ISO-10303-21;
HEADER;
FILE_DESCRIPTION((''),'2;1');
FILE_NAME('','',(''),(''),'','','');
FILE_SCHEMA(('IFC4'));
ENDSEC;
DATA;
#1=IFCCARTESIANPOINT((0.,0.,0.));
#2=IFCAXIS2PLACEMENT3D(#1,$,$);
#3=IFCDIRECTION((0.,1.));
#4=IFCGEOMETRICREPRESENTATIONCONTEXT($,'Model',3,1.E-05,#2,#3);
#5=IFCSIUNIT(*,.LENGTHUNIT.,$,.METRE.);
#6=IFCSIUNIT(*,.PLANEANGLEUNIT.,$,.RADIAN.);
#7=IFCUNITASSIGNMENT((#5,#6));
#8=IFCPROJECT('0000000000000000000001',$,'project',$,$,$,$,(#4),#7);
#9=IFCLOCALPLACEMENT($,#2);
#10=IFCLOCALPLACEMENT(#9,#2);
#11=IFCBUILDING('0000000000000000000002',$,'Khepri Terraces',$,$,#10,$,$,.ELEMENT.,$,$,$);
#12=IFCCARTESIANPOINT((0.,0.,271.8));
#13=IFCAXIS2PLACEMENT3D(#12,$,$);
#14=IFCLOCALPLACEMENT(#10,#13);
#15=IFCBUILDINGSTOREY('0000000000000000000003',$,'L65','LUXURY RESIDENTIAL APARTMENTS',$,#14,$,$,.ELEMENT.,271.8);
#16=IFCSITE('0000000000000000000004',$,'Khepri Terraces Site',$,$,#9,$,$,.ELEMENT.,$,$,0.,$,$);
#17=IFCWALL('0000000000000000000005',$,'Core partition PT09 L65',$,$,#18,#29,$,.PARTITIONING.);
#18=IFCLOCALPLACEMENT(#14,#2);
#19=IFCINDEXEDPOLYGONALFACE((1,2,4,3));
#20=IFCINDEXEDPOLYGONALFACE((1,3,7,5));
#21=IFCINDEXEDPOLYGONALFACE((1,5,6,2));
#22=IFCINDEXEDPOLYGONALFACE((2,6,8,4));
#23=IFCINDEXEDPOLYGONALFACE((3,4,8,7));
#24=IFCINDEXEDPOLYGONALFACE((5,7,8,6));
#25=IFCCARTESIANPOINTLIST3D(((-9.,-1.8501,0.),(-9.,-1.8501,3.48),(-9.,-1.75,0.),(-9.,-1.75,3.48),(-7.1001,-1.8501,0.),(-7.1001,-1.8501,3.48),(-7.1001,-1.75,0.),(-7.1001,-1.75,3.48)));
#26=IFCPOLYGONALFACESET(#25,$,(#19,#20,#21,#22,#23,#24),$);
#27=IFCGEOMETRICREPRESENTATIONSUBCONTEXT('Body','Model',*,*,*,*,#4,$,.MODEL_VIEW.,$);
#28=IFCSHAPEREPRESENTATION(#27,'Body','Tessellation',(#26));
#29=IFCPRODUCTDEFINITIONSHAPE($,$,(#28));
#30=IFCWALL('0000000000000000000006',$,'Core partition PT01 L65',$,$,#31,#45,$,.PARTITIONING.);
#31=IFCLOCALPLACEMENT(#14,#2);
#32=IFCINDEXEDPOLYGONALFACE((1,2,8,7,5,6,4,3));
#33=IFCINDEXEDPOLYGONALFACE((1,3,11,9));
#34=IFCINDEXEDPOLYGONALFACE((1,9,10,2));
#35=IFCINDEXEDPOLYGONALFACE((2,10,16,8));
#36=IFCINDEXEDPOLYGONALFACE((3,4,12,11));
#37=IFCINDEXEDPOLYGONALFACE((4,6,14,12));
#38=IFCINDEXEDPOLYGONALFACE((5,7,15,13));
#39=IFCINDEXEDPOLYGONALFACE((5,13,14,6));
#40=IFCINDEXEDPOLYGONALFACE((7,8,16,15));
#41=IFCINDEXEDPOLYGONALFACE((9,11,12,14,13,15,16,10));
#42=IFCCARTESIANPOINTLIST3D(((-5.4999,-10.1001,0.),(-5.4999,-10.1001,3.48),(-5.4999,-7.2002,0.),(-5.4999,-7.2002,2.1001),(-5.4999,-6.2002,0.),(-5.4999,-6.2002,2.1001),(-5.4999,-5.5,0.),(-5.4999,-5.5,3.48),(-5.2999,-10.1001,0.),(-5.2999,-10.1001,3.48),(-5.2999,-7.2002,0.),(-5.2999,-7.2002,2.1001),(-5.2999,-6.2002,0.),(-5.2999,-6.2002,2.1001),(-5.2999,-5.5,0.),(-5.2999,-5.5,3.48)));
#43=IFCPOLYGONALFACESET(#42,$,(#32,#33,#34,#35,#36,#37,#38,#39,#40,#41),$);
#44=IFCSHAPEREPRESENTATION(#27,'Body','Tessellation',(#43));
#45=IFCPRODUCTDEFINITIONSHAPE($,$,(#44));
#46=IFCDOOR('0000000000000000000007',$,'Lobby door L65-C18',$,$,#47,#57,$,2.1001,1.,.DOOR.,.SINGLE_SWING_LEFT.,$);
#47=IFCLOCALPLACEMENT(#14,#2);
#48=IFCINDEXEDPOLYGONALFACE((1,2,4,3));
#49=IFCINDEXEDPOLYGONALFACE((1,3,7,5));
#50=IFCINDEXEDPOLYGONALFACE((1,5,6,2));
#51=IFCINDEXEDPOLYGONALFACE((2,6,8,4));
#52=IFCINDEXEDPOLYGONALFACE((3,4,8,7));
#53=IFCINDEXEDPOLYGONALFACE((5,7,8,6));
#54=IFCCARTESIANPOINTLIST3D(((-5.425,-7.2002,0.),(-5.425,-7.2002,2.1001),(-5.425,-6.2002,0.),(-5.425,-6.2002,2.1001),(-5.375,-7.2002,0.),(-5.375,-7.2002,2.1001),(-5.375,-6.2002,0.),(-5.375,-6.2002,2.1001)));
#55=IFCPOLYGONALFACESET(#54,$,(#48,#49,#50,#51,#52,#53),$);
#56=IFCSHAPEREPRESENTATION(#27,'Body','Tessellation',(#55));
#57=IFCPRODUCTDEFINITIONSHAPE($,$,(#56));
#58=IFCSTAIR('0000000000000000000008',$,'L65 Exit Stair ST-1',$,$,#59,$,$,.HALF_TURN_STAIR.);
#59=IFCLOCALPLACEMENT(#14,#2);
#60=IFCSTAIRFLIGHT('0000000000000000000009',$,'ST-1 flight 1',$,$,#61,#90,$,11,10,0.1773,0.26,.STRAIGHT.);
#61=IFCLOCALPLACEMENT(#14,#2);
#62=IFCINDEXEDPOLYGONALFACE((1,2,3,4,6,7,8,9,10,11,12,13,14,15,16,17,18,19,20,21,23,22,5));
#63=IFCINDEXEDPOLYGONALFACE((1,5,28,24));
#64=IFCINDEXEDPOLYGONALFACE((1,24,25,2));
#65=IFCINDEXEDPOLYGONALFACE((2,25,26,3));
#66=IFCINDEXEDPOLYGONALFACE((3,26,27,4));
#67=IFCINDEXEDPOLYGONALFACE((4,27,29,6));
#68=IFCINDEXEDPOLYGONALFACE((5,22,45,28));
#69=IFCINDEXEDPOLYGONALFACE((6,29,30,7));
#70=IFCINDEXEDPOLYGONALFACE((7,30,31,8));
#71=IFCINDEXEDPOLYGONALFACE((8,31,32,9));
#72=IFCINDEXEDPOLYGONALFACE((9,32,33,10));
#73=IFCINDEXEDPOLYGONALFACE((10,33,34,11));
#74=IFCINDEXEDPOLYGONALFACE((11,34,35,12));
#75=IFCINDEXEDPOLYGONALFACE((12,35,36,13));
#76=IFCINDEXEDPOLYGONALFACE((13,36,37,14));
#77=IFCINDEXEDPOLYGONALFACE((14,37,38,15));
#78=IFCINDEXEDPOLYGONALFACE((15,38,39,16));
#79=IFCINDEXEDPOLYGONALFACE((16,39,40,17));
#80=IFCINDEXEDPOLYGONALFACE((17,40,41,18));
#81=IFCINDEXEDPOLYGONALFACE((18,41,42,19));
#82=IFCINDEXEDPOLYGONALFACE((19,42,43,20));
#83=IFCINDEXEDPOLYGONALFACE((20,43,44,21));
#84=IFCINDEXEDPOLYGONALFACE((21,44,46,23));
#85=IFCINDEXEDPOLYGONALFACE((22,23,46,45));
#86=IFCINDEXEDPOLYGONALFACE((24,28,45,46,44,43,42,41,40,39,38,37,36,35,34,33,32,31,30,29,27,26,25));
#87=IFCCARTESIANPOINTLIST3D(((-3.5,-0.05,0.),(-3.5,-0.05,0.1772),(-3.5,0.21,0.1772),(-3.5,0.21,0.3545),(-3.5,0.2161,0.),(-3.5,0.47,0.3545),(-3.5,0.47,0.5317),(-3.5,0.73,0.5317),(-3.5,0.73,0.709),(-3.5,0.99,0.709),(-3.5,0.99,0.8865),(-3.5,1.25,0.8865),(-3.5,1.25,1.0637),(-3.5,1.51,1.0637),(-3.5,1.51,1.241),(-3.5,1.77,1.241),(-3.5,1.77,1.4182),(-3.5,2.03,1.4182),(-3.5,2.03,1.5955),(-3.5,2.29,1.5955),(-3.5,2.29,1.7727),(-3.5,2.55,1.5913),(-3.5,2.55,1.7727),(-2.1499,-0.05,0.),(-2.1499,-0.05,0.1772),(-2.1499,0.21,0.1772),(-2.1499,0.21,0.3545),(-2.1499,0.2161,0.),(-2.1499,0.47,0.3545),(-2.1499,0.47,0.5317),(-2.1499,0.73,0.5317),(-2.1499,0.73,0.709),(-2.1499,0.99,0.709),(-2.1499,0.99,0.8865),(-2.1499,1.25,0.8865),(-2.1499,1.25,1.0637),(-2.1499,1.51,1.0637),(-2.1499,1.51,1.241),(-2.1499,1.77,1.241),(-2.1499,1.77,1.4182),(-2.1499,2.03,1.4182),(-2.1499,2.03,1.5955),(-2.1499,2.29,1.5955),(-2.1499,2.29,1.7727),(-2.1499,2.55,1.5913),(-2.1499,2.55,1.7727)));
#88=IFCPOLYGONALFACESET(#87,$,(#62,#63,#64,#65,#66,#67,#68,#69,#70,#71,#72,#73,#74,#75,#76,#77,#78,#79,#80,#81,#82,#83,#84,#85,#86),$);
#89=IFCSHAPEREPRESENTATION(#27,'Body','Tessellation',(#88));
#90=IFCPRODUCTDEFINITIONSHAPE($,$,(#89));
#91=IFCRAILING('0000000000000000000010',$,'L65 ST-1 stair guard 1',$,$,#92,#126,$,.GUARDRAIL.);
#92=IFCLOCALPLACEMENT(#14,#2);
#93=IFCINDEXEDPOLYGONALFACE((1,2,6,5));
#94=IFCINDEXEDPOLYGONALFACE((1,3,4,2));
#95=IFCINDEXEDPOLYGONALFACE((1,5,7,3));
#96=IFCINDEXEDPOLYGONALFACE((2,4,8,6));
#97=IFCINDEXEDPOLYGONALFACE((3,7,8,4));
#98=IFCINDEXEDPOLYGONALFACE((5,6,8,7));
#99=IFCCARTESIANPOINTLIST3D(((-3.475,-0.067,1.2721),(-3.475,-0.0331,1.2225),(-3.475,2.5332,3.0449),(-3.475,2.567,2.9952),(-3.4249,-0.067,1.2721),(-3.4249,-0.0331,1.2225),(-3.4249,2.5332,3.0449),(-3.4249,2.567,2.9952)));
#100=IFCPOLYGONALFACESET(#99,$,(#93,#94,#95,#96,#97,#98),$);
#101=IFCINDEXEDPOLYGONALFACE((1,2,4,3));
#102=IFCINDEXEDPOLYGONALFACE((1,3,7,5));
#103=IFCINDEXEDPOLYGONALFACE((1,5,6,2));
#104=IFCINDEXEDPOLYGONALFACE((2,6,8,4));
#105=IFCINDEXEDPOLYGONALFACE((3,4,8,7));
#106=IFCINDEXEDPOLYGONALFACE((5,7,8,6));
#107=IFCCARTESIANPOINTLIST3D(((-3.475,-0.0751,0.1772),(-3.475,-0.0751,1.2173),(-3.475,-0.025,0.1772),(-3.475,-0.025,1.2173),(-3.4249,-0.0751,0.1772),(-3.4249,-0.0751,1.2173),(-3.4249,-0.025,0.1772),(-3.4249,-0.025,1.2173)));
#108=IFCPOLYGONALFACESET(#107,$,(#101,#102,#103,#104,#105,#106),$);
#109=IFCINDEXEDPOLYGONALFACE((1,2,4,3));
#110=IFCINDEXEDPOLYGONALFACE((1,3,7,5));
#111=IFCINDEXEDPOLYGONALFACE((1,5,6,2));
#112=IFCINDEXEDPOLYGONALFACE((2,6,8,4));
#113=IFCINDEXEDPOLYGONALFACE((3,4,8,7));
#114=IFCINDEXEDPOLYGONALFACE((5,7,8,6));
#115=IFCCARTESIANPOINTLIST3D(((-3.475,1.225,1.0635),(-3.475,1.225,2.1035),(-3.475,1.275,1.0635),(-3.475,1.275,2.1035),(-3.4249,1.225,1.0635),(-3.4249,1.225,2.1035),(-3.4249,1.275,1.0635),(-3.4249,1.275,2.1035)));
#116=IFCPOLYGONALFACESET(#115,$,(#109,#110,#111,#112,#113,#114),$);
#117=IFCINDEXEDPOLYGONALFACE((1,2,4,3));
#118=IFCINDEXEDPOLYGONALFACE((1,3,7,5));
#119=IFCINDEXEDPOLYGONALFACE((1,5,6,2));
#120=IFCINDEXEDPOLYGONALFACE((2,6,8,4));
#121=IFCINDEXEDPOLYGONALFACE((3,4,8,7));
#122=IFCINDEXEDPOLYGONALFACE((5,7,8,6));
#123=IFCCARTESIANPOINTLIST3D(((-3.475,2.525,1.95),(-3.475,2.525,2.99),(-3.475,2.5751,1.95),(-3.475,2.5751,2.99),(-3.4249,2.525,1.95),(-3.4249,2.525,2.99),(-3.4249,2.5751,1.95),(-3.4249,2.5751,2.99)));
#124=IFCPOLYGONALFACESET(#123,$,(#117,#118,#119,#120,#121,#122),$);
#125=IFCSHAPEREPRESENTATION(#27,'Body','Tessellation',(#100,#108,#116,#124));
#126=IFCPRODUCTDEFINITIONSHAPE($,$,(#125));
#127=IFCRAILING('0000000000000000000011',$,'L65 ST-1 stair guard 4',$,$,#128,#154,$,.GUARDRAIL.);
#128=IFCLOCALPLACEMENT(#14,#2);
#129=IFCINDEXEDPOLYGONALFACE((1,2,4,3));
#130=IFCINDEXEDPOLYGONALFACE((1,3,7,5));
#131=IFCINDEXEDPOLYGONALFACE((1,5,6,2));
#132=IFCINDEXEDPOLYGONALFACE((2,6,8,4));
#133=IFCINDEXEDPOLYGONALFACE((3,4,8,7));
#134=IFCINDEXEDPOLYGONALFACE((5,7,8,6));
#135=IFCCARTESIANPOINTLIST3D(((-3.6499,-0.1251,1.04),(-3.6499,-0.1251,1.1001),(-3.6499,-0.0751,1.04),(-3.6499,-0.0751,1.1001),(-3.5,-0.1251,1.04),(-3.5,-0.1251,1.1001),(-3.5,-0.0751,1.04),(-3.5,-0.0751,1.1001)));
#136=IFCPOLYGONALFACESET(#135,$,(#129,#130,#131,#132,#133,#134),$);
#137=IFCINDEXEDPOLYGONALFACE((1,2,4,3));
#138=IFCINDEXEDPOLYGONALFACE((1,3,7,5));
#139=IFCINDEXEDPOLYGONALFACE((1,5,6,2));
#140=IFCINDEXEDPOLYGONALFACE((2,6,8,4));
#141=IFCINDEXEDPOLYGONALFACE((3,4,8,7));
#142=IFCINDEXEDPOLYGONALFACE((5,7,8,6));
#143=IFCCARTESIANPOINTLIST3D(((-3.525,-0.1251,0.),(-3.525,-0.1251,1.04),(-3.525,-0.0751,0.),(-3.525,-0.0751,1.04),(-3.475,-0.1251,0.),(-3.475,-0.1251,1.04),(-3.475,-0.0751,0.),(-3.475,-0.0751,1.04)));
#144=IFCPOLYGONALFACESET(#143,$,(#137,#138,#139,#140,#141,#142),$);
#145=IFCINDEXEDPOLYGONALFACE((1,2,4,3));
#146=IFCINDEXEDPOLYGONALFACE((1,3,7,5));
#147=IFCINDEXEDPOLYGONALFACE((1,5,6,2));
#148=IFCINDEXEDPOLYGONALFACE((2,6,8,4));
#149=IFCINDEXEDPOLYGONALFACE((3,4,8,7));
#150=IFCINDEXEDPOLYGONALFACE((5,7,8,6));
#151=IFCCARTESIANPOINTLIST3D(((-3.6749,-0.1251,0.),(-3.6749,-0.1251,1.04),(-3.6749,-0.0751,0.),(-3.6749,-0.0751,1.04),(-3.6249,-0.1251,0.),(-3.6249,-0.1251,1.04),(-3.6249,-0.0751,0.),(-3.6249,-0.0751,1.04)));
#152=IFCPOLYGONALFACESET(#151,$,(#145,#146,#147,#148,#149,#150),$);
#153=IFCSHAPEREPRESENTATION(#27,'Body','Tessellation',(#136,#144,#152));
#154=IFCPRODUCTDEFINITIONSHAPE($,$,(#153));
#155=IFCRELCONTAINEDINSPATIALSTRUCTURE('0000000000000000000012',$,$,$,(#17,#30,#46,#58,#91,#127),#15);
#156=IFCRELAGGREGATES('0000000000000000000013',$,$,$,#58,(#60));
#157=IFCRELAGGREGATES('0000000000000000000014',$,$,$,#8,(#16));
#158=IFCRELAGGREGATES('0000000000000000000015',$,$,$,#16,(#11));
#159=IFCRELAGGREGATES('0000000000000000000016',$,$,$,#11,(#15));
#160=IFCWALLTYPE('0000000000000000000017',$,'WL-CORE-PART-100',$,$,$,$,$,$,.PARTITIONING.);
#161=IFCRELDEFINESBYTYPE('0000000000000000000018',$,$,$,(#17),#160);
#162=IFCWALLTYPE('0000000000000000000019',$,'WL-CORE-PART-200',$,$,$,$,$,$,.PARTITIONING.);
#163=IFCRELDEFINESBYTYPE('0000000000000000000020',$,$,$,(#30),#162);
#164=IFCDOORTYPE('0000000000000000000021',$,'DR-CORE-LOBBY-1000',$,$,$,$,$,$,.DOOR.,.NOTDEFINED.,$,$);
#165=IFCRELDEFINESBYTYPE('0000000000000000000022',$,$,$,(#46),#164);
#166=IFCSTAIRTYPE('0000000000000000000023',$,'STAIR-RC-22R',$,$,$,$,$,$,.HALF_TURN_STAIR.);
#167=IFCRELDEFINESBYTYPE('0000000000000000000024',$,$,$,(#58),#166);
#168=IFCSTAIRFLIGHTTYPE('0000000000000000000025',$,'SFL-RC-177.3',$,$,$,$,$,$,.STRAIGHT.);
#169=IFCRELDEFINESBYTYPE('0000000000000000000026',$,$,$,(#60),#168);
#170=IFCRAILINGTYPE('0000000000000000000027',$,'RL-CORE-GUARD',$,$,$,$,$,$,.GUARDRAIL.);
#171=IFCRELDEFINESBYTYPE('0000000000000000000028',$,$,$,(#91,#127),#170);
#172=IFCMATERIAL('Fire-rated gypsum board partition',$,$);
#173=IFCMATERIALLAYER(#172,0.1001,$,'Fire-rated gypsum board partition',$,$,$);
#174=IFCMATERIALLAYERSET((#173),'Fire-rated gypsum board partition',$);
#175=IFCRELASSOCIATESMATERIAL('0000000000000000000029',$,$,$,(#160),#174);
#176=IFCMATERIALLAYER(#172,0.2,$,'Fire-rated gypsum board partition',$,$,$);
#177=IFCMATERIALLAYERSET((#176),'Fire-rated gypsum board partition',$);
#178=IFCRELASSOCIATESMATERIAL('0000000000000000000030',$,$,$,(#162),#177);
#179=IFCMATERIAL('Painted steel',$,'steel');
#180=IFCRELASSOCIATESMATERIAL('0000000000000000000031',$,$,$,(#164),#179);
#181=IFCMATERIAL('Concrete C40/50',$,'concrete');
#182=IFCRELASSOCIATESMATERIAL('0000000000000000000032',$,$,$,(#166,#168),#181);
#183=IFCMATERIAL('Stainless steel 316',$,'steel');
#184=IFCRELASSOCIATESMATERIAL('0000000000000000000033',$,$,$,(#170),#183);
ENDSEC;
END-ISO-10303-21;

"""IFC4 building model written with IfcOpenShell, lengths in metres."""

from ifc_helpers import new_model, si_unit, direction, frame, frame_2d, origin, origin_2d, place, context, subcontext, project, spatial, polyline, rectangle, outline, extrude, material, layer, layer_set, type_object, element, fill, aggregate, save


model = new_model("IFC4")

# Units and contexts
model_context = context("Model", 3, precision=1e-05, world=origin(), true_north=direction((0.0, 1.0)))
body_context = subcontext(model_context, "Body", "Model", "MODEL_VIEW")
ifc_project = project(units=[si_unit("LENGTHUNIT", "METRE"), si_unit("PLANEANGLEUNIT", "RADIAN")], contexts=[model_context])

# Site, building, storey
site_placement = place(None, origin())
site = spatial("IfcSite", under=ifc_project, at=site_placement, Name="Khepri Terraces Site", CompositionType="ELEMENT", RefElevation=0.0)
building_placement = place(site_placement, origin())
building = spatial("IfcBuilding", under=site, at=building_placement, Name="Khepri Terraces", CompositionType="ELEMENT")
storey_placement = place(building_placement, frame((0.0, 0.0, 271.8)))
storey = spatial("IfcBuildingStorey", under=building, at=storey_placement, Name="L65", Description="LUXURY RESIDENTIAL APARTMENTS", CompositionType="ELEMENT", Elevation=271.8)

# Shared definitions
ifc_material_1 = material(Name="Concrete C40/50", Category="concrete")

# Shared definitions
ifc_material_2 = material(Name="Painted steel", Category="steel")

# Shared definitions
ifc_material_3 = material(Name="Fire-rated gypsum board partition")
ifc_layer_1 = layer(ifc_material_3, 0.1001, Name="Fire-rated gypsum board partition")
ifc_layer_set_1 = layer_set([ifc_layer_1], Name="Fire-rated gypsum board partition")
wall_type_1 = type_object("IfcWallType", Name="WL-CORE-PART-100", PredefinedType="PARTITIONING", material=ifc_layer_set_1)

# Wall
for number, where, z_axis, x_axis, name in (
    (1, (-9.0, -1.8, 0.0), (0.0, 0.0, 1.0), (1.0, 0.0, 0.0), "Core partition PT09 L65"),
):
    element("IfcWall", number, at=place(storey_placement, frame(where, z_axis=z_axis, x_axis=x_axis)), inside=storey, type_object=wall_type_1, Name=name, PredefinedType="PARTITIONING", context=body_context, shape_type="SweptSolid", body=[
        extrude(rectangle(XDim=1.8999, YDim=0.1001, at=frame_2d((0.95, 0.0))), origin(), (0.0, 0.0, 1.0), 3.48),
    ])

# Wall, opening, door
ifc_layer_2 = layer(ifc_material_3, 0.2, Name="Fire-rated gypsum board partition")
ifc_layer_set_2 = layer_set([ifc_layer_2], Name="Fire-rated gypsum board partition")
wall_type_2 = type_object("IfcWallType", Name="WL-CORE-PART-200", PredefinedType="PARTITIONING", material=ifc_layer_set_2)
wall_1_placement = place(storey_placement, frame((-5.3999, -10.1001, 0.0), z_axis=(0.0, 0.0, 1.0), x_axis=(0.0, 1.0, 0.0)))
wall_1 = element("IfcWall", 2, at=wall_1_placement, inside=storey, type_object=wall_type_2, Name="Core partition PT01 L65", PredefinedType="PARTITIONING", context=body_context, shape_type="SweptSolid", body=[
    extrude(rectangle(XDim=4.6001, YDim=0.2, at=frame_2d((2.3, 0.0))), origin(), (0.0, 0.0, 1.0), 3.48),
])
opening_1_placement = place(wall_1_placement, frame((2.8999, 0.0, 0.0)))
opening_1 = element("IfcOpeningElement", 3, at=opening_1_placement, cuts=wall_1, PredefinedType="OPENING", context=body_context, shape_type="SweptSolid", body=[
    extrude(rectangle(XDim=1.0, YDim=2.1001, at=frame_2d((0.5, 1.05))), frame((0.0, 0.1099, 0.0), z_axis=(0.0, -1.0, 0.0), x_axis=(1.0, 0.0, 0.0)), (0.0, 0.0, 1.0), 0.22),
])
door_type_1 = type_object("IfcDoorType", Name="DR-CORE-LOBBY-1000", OperationType="NOTDEFINED", PredefinedType="DOOR", material=ifc_material_2)
door_1_placement = place(opening_1_placement, frame((1.0, 0.0, 0.0), z_axis=(0.0, 0.0, 1.0), x_axis=(-1.0, 0.0, 0.0)))
door_1 = element("IfcDoor", 4, at=door_1_placement, inside=storey, type_object=door_type_1, Name="Lobby door L65-C18", OperationType="SINGLE_SWING_LEFT", OverallHeight=2.1001, OverallWidth=1.0, PredefinedType="DOOR", context=body_context, shape_type="SweptSolid", body=[
    extrude(rectangle(XDim=1.0, YDim=2.1001, at=frame_2d((0.5, 1.05))), frame((0.0, 0.0249, 0.0), z_axis=(0.0, -1.0, 0.0), x_axis=(1.0, 0.0, 0.0)), (0.0, 0.0, 1.0), 0.05),
])
fill(opening_1, door_1)

# Stair, stair flight
stair_type = type_object("IfcStairType", Name="STAIR-RC-22R", PredefinedType="HALF_TURN_STAIR", material=ifc_material_1)
stair_placement = place(storey_placement, origin())
stair = element("IfcStair", 5, at=stair_placement, inside=storey, type_object=stair_type, Name="L65 Exit Stair ST-1", PredefinedType="HALF_TURN_STAIR")
stair_flight_type = type_object("IfcStairFlightType", Name="SFL-RC-177.3", PredefinedType="STRAIGHT", material=ifc_material_1)
stair_flight_placement = place(storey_placement, frame((-2.825, -0.05, 0.0), z_axis=(0.0, 0.0, 1.0), x_axis=(0.0, 1.0, 0.0)))
stair_flight = element("IfcStairFlight", 6, at=stair_flight_placement, type_object=stair_flight_type, Name="ST-1 flight 1", NumberOfRisers=11, NumberOfTreads=10, PredefinedType="STRAIGHT", RiserHeight=0.1773, TreadLength=0.26, context=body_context, shape_type="SweptSolid", body=[
    extrude(outline(polyline([(0.0, 0.0), (0.0, 0.1772), (0.26, 0.1772), (0.26, 0.3545), (0.52, 0.3545), (0.52, 0.5317), (0.78, 0.5317), (0.78, 0.709), (1.04, 0.709), (1.04, 0.8865), (1.3, 0.8865), (1.3, 1.0637), (1.5601, 1.0637), (1.5601, 1.241), (1.8201, 1.241), (1.8201, 1.4182), (2.0801, 1.4182), (2.0801, 1.5955), (2.3401, 1.5955), (2.3401, 1.7727), (2.6001, 1.7727), (2.6001, 1.95), (2.6001, 1.5913), (0.2661, 0.0), (0.0, 0.0)])), frame((0.0, 0.675, 0.0), z_axis=(0.0, -1.0, 0.0), x_axis=(1.0, 0.0, 0.0)), (0.0, 0.0, 1.0), 1.3501),
])
aggregate(stair, [stair_flight])

# Railings
ifc_material_4 = material(Name="Stainless steel 316", Category="steel")
railing_type = type_object("IfcRailingType", Name="RL-CORE-GUARD", PredefinedType="GUARDRAIL", material=ifc_material_4)
railing_1_placement = place(storey_placement, frame((-3.45, -0.05, 0.1772)))
element("IfcRailing", 7, at=railing_1_placement, inside=storey, type_object=railing_type, Name="L65 ST-1 stair guard 1", PredefinedType="GUARDRAIL", context=body_context, shape_type="SweptSolid", body=[
    extrude(rectangle(XDim=0.05, YDim=0.0601, at=origin_2d()), frame((0.0, 0.0, 1.0701), z_axis=(0.0, 0.82624, 0.563318), x_axis=(-1.0, 0.0, 0.0)), (0.0, 0.0, 1.0), 3.147),
    extrude(rectangle(XDim=0.05, YDim=0.05, at=origin_2d()), origin(), (0.0, 0.0, 1.0), 1.04),
    extrude(rectangle(XDim=0.05, YDim=0.05, at=origin_2d()), frame((0.0, 1.3, 0.8862)), (0.0, 0.0, 1.0), 1.04),
    extrude(rectangle(XDim=0.05, YDim=0.05, at=origin_2d()), frame((0.0, 2.6001, 1.7727)), (0.0, 0.0, 1.0), 1.04),
])
railing_2_placement = place(storey_placement, frame((-3.5, -0.1001, 0.0)))
element("IfcRailing", 8, at=railing_2_placement, inside=storey, type_object=railing_type, Name="L65 ST-1 stair guard 4", PredefinedType="GUARDRAIL", context=body_context, shape_type="SweptSolid", body=[
    extrude(rectangle(XDim=0.05, YDim=0.0601, at=origin_2d()), frame((0.0, 0.0, 1.0701), z_axis=(-1.0, 0.0, 0.0), x_axis=(0.0, -1.0, 0.0)), (0.0, 0.0, 1.0), 0.1499),
    extrude(rectangle(XDim=0.05, YDim=0.05, at=origin_2d()), origin(), (0.0, 0.0, 1.0), 1.04),
    extrude(rectangle(XDim=0.05, YDim=0.05, at=origin_2d()), frame((-0.1499, 0.0, 0.0)), (0.0, 0.0, 1.0), 1.04),
])

save(model, "model.ifc")
